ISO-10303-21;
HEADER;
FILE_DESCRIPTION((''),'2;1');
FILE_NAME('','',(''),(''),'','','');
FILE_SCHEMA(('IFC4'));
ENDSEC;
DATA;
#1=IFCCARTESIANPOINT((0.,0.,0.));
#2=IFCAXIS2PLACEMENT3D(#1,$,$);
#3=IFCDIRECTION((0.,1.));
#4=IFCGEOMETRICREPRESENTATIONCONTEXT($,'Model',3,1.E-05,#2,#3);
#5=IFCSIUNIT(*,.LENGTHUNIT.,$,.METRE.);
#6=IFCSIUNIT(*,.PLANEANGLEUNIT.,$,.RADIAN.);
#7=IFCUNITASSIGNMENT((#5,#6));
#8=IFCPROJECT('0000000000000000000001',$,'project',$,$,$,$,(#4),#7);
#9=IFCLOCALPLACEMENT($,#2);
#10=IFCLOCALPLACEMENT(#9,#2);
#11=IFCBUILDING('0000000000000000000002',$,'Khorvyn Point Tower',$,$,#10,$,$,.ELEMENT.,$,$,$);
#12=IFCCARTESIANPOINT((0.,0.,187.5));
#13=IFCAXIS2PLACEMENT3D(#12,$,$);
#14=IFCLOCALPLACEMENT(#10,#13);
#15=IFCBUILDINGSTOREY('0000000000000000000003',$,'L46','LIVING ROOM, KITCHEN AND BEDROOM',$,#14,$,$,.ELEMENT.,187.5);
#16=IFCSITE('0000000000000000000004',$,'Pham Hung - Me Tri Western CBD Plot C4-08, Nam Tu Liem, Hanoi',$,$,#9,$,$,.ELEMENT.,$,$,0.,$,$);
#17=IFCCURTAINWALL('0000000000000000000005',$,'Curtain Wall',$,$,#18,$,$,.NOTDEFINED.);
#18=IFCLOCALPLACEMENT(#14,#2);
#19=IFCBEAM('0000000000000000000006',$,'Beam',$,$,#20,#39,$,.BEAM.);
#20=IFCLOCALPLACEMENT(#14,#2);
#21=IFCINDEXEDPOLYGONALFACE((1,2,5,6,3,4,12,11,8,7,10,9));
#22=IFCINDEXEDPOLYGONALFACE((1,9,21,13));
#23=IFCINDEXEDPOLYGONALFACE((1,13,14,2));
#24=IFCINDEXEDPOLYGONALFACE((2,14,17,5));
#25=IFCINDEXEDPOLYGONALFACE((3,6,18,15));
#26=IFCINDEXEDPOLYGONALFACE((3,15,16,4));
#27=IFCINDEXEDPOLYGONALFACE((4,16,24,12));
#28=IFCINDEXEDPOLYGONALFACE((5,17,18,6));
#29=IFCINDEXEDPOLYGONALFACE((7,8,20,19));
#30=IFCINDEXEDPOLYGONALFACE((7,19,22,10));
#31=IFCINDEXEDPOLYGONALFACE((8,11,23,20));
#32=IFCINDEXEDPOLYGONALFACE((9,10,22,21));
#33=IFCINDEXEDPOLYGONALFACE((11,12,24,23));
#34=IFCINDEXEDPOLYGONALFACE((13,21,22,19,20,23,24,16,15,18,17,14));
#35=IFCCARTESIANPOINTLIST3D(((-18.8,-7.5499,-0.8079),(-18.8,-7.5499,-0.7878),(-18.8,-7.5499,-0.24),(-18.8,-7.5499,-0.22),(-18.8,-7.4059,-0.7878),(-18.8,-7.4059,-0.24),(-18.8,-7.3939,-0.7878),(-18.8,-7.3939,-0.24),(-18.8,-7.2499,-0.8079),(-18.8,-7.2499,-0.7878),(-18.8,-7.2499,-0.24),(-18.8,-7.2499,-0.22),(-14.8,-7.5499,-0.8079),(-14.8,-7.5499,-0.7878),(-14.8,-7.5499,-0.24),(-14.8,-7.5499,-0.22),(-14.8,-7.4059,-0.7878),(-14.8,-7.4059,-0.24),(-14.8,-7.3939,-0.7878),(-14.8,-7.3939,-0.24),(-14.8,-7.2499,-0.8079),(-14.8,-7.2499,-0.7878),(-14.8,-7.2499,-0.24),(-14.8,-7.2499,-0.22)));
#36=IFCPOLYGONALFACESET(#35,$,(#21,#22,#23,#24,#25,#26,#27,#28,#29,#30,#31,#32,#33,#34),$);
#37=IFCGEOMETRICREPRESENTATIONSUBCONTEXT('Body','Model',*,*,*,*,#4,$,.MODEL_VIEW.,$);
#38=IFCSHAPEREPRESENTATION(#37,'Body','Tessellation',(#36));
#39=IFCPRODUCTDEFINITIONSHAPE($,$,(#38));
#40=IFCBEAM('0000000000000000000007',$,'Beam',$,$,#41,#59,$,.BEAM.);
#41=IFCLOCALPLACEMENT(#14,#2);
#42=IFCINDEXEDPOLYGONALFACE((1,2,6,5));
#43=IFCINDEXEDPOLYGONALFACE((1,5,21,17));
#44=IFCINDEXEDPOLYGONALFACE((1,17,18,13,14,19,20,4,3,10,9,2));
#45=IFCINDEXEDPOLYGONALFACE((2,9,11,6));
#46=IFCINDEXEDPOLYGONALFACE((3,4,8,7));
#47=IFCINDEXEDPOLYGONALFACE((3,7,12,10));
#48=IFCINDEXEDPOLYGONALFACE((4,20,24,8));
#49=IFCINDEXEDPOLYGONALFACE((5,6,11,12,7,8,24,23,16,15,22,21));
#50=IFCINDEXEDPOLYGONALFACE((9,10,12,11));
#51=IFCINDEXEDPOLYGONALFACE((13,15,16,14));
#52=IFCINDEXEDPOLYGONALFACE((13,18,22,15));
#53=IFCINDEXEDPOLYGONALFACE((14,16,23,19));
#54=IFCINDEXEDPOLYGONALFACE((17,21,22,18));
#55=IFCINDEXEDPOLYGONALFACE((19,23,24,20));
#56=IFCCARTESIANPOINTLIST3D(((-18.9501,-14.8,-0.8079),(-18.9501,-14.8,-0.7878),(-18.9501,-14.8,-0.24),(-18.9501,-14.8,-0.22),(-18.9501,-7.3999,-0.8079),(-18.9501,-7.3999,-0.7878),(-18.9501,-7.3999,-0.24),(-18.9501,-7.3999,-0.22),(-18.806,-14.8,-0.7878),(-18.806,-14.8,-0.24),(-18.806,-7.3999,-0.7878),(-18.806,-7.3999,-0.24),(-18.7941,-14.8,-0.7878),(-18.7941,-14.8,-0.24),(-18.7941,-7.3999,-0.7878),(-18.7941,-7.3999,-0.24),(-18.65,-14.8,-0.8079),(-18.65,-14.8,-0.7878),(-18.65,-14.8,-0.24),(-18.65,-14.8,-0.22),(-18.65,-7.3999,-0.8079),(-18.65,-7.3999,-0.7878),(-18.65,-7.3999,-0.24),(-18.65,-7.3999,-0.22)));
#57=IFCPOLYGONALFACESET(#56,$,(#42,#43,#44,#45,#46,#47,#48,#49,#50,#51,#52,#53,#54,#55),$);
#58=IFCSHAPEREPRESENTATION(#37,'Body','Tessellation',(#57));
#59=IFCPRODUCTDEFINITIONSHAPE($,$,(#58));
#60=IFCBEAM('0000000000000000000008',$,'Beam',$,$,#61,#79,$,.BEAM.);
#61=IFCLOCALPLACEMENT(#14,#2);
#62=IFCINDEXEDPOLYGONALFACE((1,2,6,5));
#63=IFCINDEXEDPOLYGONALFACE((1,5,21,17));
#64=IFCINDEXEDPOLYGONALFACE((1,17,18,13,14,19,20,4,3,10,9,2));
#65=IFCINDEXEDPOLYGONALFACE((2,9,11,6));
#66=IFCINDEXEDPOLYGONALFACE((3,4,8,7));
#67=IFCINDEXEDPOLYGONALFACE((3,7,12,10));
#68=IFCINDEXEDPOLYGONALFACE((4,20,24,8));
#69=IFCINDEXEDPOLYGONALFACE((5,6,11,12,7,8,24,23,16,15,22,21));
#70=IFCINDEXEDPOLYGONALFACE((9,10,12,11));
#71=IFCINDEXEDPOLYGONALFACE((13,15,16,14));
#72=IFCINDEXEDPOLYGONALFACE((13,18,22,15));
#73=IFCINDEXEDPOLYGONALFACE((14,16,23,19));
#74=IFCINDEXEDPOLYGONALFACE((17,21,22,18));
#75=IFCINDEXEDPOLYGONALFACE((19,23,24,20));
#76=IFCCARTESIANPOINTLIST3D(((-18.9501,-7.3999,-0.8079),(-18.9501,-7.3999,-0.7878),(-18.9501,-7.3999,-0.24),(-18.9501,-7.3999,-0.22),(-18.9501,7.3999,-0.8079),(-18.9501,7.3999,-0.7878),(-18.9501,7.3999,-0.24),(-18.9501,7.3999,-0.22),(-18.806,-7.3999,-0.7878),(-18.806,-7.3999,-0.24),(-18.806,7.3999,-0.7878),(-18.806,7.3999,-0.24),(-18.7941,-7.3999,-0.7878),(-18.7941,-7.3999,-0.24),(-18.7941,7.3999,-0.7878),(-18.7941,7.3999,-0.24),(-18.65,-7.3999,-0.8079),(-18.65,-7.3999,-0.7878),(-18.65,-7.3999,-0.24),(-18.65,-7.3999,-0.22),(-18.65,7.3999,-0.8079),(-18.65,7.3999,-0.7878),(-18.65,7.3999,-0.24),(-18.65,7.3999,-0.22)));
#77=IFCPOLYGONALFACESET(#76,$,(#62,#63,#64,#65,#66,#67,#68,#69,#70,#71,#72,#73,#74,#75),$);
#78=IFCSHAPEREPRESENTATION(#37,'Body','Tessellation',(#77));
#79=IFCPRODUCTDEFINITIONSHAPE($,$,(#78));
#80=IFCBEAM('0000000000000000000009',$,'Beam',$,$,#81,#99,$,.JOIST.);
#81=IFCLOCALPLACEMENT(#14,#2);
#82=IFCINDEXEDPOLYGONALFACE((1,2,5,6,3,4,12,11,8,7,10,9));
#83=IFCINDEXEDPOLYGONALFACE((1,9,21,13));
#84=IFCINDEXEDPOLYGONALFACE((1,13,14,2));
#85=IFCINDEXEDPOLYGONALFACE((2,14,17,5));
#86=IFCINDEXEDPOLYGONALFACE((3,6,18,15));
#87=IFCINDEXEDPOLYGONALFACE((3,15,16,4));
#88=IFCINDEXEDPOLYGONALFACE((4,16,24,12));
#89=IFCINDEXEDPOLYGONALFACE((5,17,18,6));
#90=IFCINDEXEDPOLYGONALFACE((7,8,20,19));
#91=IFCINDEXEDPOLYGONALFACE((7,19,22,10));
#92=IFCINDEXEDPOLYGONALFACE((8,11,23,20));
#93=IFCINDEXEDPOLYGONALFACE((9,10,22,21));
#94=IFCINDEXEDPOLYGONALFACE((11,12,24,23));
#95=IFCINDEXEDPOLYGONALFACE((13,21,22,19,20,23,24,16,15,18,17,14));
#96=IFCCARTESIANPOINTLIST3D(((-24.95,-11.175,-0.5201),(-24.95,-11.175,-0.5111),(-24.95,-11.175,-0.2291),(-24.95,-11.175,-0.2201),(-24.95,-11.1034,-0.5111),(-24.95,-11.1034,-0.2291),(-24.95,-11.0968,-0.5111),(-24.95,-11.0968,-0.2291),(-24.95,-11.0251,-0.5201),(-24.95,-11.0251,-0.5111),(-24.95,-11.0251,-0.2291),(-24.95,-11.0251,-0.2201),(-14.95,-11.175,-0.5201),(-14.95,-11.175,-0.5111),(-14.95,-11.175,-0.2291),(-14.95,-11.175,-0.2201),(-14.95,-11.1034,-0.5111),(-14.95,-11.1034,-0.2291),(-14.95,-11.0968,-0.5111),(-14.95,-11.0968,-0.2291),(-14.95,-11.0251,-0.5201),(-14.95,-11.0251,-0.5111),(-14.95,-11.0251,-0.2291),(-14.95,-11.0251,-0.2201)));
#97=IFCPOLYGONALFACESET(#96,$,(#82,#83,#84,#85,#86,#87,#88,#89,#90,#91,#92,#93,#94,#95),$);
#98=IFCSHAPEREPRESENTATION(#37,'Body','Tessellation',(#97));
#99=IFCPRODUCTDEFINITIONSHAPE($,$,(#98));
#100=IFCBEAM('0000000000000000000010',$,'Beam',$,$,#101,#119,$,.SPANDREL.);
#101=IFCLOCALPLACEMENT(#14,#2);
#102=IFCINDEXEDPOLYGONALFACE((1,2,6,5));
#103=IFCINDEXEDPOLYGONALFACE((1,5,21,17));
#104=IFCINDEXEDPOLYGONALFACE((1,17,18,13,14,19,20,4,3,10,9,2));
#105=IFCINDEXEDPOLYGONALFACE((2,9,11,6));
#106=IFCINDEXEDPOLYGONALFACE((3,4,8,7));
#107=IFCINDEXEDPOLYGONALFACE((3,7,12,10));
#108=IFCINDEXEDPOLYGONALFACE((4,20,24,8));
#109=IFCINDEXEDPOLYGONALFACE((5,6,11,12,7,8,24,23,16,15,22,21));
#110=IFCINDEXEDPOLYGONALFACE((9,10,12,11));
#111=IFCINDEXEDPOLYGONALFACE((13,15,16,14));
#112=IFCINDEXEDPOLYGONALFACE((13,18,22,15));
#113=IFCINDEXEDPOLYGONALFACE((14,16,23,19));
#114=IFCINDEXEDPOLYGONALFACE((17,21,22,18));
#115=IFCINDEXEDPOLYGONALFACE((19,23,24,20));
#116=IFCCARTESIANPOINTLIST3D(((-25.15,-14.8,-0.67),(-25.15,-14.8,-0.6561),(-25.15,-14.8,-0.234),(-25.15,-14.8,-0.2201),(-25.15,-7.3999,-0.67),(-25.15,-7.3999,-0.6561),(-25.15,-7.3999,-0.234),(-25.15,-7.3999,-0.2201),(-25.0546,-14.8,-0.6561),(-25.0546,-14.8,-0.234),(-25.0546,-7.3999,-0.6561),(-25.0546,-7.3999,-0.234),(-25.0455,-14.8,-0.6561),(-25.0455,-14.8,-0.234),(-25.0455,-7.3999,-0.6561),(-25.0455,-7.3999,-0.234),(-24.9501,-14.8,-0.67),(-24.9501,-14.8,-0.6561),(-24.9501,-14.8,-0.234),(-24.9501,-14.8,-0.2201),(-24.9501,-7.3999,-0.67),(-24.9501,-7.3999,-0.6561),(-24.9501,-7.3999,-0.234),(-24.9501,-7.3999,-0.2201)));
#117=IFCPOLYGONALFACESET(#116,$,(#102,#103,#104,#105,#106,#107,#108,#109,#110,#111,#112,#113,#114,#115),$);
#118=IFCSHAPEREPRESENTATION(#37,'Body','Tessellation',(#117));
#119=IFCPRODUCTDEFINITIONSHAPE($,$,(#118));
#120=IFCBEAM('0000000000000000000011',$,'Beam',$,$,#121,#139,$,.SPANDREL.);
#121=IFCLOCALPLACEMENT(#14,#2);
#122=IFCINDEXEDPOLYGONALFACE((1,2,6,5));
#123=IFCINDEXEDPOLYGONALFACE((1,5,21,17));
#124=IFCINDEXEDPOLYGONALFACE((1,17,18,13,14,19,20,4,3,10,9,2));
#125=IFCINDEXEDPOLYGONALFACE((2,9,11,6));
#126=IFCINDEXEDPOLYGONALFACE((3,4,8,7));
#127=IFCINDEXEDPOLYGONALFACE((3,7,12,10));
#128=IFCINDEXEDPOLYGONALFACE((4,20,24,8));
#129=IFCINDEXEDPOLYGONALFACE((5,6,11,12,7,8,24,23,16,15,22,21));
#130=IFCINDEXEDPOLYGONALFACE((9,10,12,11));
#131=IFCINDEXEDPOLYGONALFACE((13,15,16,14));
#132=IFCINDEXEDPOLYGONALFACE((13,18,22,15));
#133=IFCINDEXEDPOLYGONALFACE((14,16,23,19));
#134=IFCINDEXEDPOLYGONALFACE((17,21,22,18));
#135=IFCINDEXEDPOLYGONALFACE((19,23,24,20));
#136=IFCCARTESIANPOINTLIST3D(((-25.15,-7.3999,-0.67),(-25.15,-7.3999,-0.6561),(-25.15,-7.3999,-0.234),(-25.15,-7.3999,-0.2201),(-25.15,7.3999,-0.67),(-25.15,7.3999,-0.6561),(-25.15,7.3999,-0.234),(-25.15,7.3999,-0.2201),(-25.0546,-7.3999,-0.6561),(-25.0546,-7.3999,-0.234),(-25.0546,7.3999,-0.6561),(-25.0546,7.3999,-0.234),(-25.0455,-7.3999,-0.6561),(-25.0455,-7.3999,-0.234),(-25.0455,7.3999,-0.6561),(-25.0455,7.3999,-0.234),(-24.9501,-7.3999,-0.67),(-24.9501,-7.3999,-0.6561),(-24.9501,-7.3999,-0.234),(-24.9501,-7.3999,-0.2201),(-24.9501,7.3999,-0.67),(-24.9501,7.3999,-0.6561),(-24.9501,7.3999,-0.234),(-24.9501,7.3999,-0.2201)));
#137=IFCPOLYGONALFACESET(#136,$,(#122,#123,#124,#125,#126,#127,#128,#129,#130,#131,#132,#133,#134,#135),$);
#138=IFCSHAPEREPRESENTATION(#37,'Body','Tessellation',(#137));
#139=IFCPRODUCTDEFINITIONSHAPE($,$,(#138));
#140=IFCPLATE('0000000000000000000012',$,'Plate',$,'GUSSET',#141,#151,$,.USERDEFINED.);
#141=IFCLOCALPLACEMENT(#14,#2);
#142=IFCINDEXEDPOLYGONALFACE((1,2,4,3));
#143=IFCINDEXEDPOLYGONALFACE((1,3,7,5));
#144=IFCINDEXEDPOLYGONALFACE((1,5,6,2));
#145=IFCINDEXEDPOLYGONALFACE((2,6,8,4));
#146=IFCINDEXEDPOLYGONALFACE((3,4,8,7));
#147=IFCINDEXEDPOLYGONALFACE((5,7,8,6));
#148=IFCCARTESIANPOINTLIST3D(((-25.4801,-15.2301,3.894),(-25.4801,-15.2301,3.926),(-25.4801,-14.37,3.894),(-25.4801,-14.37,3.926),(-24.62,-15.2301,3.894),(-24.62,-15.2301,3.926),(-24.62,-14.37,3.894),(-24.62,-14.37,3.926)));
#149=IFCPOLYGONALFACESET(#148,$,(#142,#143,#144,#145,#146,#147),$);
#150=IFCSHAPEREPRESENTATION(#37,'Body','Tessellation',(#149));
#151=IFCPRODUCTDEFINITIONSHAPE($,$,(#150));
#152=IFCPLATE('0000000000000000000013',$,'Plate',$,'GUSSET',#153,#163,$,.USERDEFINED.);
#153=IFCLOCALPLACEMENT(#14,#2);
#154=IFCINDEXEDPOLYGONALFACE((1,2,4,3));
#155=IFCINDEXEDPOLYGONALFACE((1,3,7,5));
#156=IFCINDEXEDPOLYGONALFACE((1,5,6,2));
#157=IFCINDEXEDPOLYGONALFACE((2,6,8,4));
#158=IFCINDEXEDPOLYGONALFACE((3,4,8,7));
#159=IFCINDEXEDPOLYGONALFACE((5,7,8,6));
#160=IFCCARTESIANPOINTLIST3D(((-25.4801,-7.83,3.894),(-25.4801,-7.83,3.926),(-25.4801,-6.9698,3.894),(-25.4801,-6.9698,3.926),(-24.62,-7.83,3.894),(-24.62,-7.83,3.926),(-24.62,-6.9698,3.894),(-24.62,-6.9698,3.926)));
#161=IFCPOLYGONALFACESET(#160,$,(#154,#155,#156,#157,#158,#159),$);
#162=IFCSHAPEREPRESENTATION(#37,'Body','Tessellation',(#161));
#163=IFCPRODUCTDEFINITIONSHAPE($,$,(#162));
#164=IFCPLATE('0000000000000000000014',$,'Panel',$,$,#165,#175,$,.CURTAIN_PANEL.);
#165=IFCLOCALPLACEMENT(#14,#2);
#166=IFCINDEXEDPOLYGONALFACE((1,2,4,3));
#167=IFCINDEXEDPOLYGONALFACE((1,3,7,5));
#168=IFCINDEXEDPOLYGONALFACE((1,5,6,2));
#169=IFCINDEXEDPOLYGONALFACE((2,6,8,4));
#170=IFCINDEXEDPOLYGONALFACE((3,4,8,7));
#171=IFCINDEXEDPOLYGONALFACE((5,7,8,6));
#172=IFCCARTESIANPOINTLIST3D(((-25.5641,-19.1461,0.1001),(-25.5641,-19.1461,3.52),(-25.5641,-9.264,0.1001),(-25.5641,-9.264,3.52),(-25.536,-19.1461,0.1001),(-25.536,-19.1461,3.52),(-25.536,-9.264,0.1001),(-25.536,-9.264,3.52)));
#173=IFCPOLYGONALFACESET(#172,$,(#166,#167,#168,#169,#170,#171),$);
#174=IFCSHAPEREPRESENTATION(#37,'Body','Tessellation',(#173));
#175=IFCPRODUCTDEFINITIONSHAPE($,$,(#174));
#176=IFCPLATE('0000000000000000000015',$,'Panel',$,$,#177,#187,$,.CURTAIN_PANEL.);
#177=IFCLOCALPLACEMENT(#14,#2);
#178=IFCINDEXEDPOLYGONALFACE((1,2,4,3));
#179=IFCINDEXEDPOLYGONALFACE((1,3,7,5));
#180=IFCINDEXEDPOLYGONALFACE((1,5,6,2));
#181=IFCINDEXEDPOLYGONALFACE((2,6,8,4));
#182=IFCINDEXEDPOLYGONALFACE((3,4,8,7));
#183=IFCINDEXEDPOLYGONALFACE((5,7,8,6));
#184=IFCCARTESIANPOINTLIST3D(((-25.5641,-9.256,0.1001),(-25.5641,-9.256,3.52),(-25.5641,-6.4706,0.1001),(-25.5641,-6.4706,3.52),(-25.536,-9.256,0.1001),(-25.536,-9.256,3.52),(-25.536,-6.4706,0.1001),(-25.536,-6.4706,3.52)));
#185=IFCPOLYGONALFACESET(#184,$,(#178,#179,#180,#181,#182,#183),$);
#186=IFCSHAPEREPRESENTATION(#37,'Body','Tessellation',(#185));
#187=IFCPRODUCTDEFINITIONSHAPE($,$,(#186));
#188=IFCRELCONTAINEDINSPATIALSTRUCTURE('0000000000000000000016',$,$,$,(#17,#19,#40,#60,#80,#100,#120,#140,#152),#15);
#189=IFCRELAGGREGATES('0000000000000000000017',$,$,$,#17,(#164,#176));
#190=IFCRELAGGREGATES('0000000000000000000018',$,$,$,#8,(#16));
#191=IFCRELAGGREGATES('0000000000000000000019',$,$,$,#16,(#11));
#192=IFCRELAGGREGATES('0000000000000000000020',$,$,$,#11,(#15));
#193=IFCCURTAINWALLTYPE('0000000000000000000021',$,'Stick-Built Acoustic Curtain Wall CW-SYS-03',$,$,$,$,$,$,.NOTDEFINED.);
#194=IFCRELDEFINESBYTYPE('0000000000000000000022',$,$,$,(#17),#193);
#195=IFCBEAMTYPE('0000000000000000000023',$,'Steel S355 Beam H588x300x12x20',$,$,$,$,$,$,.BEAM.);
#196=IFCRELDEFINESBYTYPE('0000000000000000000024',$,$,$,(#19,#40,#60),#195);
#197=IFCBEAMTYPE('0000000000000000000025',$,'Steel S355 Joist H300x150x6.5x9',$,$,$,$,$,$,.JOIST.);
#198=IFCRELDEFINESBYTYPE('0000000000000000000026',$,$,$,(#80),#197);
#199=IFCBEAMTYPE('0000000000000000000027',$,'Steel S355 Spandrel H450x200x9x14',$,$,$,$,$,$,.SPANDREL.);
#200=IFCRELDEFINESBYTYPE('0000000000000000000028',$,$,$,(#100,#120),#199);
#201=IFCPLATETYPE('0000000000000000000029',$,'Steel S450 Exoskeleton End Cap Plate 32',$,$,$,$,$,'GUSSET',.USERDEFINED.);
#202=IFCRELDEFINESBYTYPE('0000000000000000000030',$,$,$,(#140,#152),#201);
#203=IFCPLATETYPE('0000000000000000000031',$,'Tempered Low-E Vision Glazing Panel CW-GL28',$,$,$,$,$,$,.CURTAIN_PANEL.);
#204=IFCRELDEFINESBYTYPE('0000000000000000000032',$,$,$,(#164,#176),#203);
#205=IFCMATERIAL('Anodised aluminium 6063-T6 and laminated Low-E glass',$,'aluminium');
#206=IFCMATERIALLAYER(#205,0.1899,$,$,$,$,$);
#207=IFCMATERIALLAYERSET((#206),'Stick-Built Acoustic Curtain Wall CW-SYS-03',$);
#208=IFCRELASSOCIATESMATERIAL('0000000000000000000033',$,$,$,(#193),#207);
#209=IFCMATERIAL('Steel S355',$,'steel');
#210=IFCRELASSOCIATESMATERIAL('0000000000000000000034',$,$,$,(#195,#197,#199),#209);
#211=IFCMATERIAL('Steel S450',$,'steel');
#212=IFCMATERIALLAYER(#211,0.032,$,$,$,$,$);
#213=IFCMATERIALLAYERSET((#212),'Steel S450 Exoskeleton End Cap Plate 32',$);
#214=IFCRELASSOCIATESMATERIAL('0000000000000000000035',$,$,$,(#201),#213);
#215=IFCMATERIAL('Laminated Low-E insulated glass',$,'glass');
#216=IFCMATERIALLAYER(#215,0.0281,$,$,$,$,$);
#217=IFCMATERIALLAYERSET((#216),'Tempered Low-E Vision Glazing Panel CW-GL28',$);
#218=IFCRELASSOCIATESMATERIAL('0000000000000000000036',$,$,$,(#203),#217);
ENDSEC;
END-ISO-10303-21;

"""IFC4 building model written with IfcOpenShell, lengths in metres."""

from ifc_helpers import new_model, si_unit, direction, frame, origin, origin_2d, place, context, subcontext, project, spatial, rectangle, i_section, extrude, material, layer, layer_set, material_profile, profile_set, type_object, element, aggregate, save


model = new_model("IFC4")

# Units and contexts
model_context = context("Model", 3, precision=1e-05, world=origin(), true_north=direction((0.0, 1.0)))
body_context = subcontext(model_context, "Body", "Model", "MODEL_VIEW")
ifc_project = project(units=[si_unit("LENGTHUNIT", "METRE"), si_unit("PLANEANGLEUNIT", "RADIAN")], contexts=[model_context])

# Site, building, storey
site_placement = place(None, origin())
site = spatial("IfcSite", under=ifc_project, at=site_placement, Name="Pham Hung - Me Tri Western CBD Plot C4-08, Nam Tu Liem, Hanoi", CompositionType="ELEMENT", RefElevation=0.0)
building_placement = place(site_placement, origin())
building = spatial("IfcBuilding", under=site, at=building_placement, Name="Khorvyn Point Tower", CompositionType="ELEMENT")
storey_placement = place(building_placement, frame((0.0, 0.0, 187.5)))
storey = spatial("IfcBuildingStorey", under=building, at=storey_placement, Name="L46", Description="LIVING ROOM, KITCHEN AND BEDROOM", CompositionType="ELEMENT", Elevation=187.5)

# Shared definitions
ifc_material_1 = material(Name="Steel S450", Category="steel")

# Curtain wall
ifc_material_2 = material(Name="Anodised aluminium 6063-T6 and laminated Low-E glass", Category="aluminium")
ifc_layer_1 = layer(ifc_material_2, 0.1899)
ifc_layer_set_1 = layer_set([ifc_layer_1], Name="Stick-Built Acoustic Curtain Wall CW-SYS-03")
curtain_wall_type = type_object("IfcCurtainWallType", Name="Stick-Built Acoustic Curtain Wall CW-SYS-03", PredefinedType="NOTDEFINED", material=ifc_layer_set_1)
curtain_wall_placement = place(storey_placement, origin())
curtain_wall = element("IfcCurtainWall", 1, at=curtain_wall_placement, inside=storey, type_object=curtain_wall_type, Name="Curtain Wall", PredefinedType="NOTDEFINED")

# Beams
ifc_material_3 = material(Name="Steel S355", Category="steel")
ifc_material_profile_1 = material_profile(ifc_material_3, i_section(OverallWidth=0.3, OverallDepth=0.5879, WebThickness=0.012, FlangeThickness=0.02, at=origin_2d()))
ifc_profile_set_1 = profile_set([ifc_material_profile_1], Name="Steel S355 H588x300x12x20")
beam_type_1 = type_object("IfcBeamType", Name="Steel S355 Beam H588x300x12x20", PredefinedType="BEAM", material=ifc_profile_set_1)
beam_1_placement = place(storey_placement, frame((-18.8, -7.3999, -0.5139), z_axis=(1.0, 0.0, 0.0), x_axis=(0.0, 1.0, 0.0)))
element("IfcBeam", 2, at=beam_1_placement, inside=storey, type_object=beam_type_1, Name="Beam", PredefinedType="BEAM", context=body_context, shape_type="SweptSolid", body=[
    extrude(i_section(OverallWidth=0.3, OverallDepth=0.5879, WebThickness=0.012, FlangeThickness=0.02, at=origin_2d()), origin(), (0.0, 0.0, 1.0), 4.0),
])
beam_2_placement = place(storey_placement, frame((-18.8, -14.8, -0.5139), z_axis=(0.0, 1.0, 0.0), x_axis=(-1.0, 0.0, 0.0)))
element("IfcBeam", 3, at=beam_2_placement, inside=storey, type_object=beam_type_1, Name="Beam", PredefinedType="BEAM", context=body_context, shape_type="SweptSolid", body=[
    extrude(i_section(OverallWidth=0.3, OverallDepth=0.5879, WebThickness=0.012, FlangeThickness=0.02, at=origin_2d()), origin(), (0.0, 0.0, 1.0), 7.4001),
])
beam_3_placement = place(storey_placement, frame((-18.8, -7.3999, -0.5139), z_axis=(0.0, 1.0, 0.0), x_axis=(-1.0, 0.0, 0.0)))
element("IfcBeam", 4, at=beam_3_placement, inside=storey, type_object=beam_type_1, Name="Beam", PredefinedType="BEAM", context=body_context, shape_type="SweptSolid", body=[
    extrude(i_section(OverallWidth=0.3, OverallDepth=0.5879, WebThickness=0.012, FlangeThickness=0.02, at=origin_2d()), origin(), (0.0, 0.0, 1.0), 14.7998),
])
ifc_material_profile_2 = material_profile(ifc_material_3, i_section(OverallWidth=0.1499, OverallDepth=0.3, WebThickness=0.0066, FlangeThickness=0.009, at=origin_2d()))
ifc_profile_set_2 = profile_set([ifc_material_profile_2], Name="Steel S355 H300x150x6.5x9")
beam_type_2 = type_object("IfcBeamType", Name="Steel S355 Joist H300x150x6.5x9", PredefinedType="JOIST", material=ifc_profile_set_2)
beam_4_placement = place(storey_placement, frame((-24.95, -11.1001, -0.3701), z_axis=(1.0, 0.0, 0.0), x_axis=(0.0, 1.0, 0.0)))
element("IfcBeam", 5, at=beam_4_placement, inside=storey, type_object=beam_type_2, Name="Beam", PredefinedType="JOIST", context=body_context, shape_type="SweptSolid", body=[
    extrude(i_section(OverallWidth=0.1499, OverallDepth=0.3, WebThickness=0.0066, FlangeThickness=0.009, at=origin_2d()), origin(), (0.0, 0.0, 1.0), 10.0),
])
ifc_material_profile_3 = material_profile(ifc_material_3, i_section(OverallWidth=0.2, OverallDepth=0.45, WebThickness=0.009, FlangeThickness=0.0139, at=origin_2d()))
ifc_profile_set_3 = profile_set([ifc_material_profile_3], Name="Steel S355 H450x200x9x14")
beam_type_3 = type_object("IfcBeamType", Name="Steel S355 Spandrel H450x200x9x14", PredefinedType="SPANDREL", material=ifc_profile_set_3)
beam_5_placement = place(storey_placement, frame((-25.05, -14.8, -0.4451), z_axis=(0.0, 1.0, 0.0), x_axis=(-1.0, 0.0, 0.0)))
element("IfcBeam", 6, at=beam_5_placement, inside=storey, type_object=beam_type_3, Name="Beam", PredefinedType="SPANDREL", context=body_context, shape_type="SweptSolid", body=[
    extrude(i_section(OverallWidth=0.2, OverallDepth=0.45, WebThickness=0.009, FlangeThickness=0.0139, at=origin_2d()), origin(), (0.0, 0.0, 1.0), 7.4001),
])
beam_6_placement = place(storey_placement, frame((-25.05, -7.3999, -0.4451), z_axis=(0.0, 1.0, 0.0), x_axis=(-1.0, 0.0, 0.0)))
element("IfcBeam", 7, at=beam_6_placement, inside=storey, type_object=beam_type_3, Name="Beam", PredefinedType="SPANDREL", context=body_context, shape_type="SweptSolid", body=[
    extrude(i_section(OverallWidth=0.2, OverallDepth=0.45, WebThickness=0.009, FlangeThickness=0.0139, at=origin_2d()), origin(), (0.0, 0.0, 1.0), 14.7998),
])

# Plates
ifc_layer_2 = layer(ifc_material_1, 0.032)
ifc_layer_set_2 = layer_set([ifc_layer_2], Name="Steel S450 Exoskeleton End Cap Plate 32")
plate_type_1 = type_object("IfcPlateType", Name="Steel S450 Exoskeleton End Cap Plate 32", ElementType="GUSSET", PredefinedType="USERDEFINED", material=ifc_layer_set_2)
for number, where, z_axis, x_axis, name in (
    (8, (-25.05, -14.8, 3.894), (0.0, 0.0, 1.0), (1.0, 0.0, 0.0), "Plate"),
    (9, (-25.05, -7.3999, 3.894), (0.0, 0.0, 1.0), (1.0, 0.0, 0.0), "Plate"),
):
    element("IfcPlate", number, at=place(storey_placement, frame(where, z_axis=z_axis, x_axis=x_axis)), inside=storey, type_object=plate_type_1, Name=name, ObjectType="GUSSET", PredefinedType="USERDEFINED", context=body_context, shape_type="SweptSolid", body=[
        extrude(rectangle(XDim=0.8601, YDim=0.8601, at=origin_2d()), origin(), (0.0, 0.0, 1.0), 0.032),
    ])

# Plates
ifc_material_4 = material(Name="Laminated Low-E insulated glass", Category="glass")
ifc_layer_3 = layer(ifc_material_4, 0.0281)
ifc_layer_set_3 = layer_set([ifc_layer_3], Name="Tempered Low-E Vision Glazing Panel CW-GL28")
plate_type_2 = type_object("IfcPlateType", Name="Tempered Low-E Vision Glazing Panel CW-GL28", PredefinedType="CURTAIN_PANEL", material=ifc_layer_set_3)
plate_1_placement = place(storey_placement, frame((-25.55, -14.2051, 0.1001), z_axis=(0.0, 0.0, 1.0), x_axis=(0.0, 1.0, 0.0)))
plate_1 = element("IfcPlate", 10, at=plate_1_placement, type_object=plate_type_2, Name="Panel", PredefinedType="CURTAIN_PANEL", context=body_context, shape_type="SweptSolid", body=[
    extrude(rectangle(XDim=9.8821, YDim=0.0281, at=origin_2d()), origin(), (0.0, 0.0, 1.0), 3.4199),
])
plate_2_placement = place(storey_placement, frame((-25.55, -7.8633, 0.1001), z_axis=(0.0, 0.0, 1.0), x_axis=(0.0, 1.0, 0.0)))
plate_2 = element("IfcPlate", 11, at=plate_2_placement, type_object=plate_type_2, Name="Panel", PredefinedType="CURTAIN_PANEL", context=body_context, shape_type="SweptSolid", body=[
    extrude(rectangle(XDim=2.7854, YDim=0.0281, at=origin_2d()), origin(), (0.0, 0.0, 1.0), 3.4199),
])
aggregate(curtain_wall, [plate_1, plate_2])

save(model, "model.ifc")
